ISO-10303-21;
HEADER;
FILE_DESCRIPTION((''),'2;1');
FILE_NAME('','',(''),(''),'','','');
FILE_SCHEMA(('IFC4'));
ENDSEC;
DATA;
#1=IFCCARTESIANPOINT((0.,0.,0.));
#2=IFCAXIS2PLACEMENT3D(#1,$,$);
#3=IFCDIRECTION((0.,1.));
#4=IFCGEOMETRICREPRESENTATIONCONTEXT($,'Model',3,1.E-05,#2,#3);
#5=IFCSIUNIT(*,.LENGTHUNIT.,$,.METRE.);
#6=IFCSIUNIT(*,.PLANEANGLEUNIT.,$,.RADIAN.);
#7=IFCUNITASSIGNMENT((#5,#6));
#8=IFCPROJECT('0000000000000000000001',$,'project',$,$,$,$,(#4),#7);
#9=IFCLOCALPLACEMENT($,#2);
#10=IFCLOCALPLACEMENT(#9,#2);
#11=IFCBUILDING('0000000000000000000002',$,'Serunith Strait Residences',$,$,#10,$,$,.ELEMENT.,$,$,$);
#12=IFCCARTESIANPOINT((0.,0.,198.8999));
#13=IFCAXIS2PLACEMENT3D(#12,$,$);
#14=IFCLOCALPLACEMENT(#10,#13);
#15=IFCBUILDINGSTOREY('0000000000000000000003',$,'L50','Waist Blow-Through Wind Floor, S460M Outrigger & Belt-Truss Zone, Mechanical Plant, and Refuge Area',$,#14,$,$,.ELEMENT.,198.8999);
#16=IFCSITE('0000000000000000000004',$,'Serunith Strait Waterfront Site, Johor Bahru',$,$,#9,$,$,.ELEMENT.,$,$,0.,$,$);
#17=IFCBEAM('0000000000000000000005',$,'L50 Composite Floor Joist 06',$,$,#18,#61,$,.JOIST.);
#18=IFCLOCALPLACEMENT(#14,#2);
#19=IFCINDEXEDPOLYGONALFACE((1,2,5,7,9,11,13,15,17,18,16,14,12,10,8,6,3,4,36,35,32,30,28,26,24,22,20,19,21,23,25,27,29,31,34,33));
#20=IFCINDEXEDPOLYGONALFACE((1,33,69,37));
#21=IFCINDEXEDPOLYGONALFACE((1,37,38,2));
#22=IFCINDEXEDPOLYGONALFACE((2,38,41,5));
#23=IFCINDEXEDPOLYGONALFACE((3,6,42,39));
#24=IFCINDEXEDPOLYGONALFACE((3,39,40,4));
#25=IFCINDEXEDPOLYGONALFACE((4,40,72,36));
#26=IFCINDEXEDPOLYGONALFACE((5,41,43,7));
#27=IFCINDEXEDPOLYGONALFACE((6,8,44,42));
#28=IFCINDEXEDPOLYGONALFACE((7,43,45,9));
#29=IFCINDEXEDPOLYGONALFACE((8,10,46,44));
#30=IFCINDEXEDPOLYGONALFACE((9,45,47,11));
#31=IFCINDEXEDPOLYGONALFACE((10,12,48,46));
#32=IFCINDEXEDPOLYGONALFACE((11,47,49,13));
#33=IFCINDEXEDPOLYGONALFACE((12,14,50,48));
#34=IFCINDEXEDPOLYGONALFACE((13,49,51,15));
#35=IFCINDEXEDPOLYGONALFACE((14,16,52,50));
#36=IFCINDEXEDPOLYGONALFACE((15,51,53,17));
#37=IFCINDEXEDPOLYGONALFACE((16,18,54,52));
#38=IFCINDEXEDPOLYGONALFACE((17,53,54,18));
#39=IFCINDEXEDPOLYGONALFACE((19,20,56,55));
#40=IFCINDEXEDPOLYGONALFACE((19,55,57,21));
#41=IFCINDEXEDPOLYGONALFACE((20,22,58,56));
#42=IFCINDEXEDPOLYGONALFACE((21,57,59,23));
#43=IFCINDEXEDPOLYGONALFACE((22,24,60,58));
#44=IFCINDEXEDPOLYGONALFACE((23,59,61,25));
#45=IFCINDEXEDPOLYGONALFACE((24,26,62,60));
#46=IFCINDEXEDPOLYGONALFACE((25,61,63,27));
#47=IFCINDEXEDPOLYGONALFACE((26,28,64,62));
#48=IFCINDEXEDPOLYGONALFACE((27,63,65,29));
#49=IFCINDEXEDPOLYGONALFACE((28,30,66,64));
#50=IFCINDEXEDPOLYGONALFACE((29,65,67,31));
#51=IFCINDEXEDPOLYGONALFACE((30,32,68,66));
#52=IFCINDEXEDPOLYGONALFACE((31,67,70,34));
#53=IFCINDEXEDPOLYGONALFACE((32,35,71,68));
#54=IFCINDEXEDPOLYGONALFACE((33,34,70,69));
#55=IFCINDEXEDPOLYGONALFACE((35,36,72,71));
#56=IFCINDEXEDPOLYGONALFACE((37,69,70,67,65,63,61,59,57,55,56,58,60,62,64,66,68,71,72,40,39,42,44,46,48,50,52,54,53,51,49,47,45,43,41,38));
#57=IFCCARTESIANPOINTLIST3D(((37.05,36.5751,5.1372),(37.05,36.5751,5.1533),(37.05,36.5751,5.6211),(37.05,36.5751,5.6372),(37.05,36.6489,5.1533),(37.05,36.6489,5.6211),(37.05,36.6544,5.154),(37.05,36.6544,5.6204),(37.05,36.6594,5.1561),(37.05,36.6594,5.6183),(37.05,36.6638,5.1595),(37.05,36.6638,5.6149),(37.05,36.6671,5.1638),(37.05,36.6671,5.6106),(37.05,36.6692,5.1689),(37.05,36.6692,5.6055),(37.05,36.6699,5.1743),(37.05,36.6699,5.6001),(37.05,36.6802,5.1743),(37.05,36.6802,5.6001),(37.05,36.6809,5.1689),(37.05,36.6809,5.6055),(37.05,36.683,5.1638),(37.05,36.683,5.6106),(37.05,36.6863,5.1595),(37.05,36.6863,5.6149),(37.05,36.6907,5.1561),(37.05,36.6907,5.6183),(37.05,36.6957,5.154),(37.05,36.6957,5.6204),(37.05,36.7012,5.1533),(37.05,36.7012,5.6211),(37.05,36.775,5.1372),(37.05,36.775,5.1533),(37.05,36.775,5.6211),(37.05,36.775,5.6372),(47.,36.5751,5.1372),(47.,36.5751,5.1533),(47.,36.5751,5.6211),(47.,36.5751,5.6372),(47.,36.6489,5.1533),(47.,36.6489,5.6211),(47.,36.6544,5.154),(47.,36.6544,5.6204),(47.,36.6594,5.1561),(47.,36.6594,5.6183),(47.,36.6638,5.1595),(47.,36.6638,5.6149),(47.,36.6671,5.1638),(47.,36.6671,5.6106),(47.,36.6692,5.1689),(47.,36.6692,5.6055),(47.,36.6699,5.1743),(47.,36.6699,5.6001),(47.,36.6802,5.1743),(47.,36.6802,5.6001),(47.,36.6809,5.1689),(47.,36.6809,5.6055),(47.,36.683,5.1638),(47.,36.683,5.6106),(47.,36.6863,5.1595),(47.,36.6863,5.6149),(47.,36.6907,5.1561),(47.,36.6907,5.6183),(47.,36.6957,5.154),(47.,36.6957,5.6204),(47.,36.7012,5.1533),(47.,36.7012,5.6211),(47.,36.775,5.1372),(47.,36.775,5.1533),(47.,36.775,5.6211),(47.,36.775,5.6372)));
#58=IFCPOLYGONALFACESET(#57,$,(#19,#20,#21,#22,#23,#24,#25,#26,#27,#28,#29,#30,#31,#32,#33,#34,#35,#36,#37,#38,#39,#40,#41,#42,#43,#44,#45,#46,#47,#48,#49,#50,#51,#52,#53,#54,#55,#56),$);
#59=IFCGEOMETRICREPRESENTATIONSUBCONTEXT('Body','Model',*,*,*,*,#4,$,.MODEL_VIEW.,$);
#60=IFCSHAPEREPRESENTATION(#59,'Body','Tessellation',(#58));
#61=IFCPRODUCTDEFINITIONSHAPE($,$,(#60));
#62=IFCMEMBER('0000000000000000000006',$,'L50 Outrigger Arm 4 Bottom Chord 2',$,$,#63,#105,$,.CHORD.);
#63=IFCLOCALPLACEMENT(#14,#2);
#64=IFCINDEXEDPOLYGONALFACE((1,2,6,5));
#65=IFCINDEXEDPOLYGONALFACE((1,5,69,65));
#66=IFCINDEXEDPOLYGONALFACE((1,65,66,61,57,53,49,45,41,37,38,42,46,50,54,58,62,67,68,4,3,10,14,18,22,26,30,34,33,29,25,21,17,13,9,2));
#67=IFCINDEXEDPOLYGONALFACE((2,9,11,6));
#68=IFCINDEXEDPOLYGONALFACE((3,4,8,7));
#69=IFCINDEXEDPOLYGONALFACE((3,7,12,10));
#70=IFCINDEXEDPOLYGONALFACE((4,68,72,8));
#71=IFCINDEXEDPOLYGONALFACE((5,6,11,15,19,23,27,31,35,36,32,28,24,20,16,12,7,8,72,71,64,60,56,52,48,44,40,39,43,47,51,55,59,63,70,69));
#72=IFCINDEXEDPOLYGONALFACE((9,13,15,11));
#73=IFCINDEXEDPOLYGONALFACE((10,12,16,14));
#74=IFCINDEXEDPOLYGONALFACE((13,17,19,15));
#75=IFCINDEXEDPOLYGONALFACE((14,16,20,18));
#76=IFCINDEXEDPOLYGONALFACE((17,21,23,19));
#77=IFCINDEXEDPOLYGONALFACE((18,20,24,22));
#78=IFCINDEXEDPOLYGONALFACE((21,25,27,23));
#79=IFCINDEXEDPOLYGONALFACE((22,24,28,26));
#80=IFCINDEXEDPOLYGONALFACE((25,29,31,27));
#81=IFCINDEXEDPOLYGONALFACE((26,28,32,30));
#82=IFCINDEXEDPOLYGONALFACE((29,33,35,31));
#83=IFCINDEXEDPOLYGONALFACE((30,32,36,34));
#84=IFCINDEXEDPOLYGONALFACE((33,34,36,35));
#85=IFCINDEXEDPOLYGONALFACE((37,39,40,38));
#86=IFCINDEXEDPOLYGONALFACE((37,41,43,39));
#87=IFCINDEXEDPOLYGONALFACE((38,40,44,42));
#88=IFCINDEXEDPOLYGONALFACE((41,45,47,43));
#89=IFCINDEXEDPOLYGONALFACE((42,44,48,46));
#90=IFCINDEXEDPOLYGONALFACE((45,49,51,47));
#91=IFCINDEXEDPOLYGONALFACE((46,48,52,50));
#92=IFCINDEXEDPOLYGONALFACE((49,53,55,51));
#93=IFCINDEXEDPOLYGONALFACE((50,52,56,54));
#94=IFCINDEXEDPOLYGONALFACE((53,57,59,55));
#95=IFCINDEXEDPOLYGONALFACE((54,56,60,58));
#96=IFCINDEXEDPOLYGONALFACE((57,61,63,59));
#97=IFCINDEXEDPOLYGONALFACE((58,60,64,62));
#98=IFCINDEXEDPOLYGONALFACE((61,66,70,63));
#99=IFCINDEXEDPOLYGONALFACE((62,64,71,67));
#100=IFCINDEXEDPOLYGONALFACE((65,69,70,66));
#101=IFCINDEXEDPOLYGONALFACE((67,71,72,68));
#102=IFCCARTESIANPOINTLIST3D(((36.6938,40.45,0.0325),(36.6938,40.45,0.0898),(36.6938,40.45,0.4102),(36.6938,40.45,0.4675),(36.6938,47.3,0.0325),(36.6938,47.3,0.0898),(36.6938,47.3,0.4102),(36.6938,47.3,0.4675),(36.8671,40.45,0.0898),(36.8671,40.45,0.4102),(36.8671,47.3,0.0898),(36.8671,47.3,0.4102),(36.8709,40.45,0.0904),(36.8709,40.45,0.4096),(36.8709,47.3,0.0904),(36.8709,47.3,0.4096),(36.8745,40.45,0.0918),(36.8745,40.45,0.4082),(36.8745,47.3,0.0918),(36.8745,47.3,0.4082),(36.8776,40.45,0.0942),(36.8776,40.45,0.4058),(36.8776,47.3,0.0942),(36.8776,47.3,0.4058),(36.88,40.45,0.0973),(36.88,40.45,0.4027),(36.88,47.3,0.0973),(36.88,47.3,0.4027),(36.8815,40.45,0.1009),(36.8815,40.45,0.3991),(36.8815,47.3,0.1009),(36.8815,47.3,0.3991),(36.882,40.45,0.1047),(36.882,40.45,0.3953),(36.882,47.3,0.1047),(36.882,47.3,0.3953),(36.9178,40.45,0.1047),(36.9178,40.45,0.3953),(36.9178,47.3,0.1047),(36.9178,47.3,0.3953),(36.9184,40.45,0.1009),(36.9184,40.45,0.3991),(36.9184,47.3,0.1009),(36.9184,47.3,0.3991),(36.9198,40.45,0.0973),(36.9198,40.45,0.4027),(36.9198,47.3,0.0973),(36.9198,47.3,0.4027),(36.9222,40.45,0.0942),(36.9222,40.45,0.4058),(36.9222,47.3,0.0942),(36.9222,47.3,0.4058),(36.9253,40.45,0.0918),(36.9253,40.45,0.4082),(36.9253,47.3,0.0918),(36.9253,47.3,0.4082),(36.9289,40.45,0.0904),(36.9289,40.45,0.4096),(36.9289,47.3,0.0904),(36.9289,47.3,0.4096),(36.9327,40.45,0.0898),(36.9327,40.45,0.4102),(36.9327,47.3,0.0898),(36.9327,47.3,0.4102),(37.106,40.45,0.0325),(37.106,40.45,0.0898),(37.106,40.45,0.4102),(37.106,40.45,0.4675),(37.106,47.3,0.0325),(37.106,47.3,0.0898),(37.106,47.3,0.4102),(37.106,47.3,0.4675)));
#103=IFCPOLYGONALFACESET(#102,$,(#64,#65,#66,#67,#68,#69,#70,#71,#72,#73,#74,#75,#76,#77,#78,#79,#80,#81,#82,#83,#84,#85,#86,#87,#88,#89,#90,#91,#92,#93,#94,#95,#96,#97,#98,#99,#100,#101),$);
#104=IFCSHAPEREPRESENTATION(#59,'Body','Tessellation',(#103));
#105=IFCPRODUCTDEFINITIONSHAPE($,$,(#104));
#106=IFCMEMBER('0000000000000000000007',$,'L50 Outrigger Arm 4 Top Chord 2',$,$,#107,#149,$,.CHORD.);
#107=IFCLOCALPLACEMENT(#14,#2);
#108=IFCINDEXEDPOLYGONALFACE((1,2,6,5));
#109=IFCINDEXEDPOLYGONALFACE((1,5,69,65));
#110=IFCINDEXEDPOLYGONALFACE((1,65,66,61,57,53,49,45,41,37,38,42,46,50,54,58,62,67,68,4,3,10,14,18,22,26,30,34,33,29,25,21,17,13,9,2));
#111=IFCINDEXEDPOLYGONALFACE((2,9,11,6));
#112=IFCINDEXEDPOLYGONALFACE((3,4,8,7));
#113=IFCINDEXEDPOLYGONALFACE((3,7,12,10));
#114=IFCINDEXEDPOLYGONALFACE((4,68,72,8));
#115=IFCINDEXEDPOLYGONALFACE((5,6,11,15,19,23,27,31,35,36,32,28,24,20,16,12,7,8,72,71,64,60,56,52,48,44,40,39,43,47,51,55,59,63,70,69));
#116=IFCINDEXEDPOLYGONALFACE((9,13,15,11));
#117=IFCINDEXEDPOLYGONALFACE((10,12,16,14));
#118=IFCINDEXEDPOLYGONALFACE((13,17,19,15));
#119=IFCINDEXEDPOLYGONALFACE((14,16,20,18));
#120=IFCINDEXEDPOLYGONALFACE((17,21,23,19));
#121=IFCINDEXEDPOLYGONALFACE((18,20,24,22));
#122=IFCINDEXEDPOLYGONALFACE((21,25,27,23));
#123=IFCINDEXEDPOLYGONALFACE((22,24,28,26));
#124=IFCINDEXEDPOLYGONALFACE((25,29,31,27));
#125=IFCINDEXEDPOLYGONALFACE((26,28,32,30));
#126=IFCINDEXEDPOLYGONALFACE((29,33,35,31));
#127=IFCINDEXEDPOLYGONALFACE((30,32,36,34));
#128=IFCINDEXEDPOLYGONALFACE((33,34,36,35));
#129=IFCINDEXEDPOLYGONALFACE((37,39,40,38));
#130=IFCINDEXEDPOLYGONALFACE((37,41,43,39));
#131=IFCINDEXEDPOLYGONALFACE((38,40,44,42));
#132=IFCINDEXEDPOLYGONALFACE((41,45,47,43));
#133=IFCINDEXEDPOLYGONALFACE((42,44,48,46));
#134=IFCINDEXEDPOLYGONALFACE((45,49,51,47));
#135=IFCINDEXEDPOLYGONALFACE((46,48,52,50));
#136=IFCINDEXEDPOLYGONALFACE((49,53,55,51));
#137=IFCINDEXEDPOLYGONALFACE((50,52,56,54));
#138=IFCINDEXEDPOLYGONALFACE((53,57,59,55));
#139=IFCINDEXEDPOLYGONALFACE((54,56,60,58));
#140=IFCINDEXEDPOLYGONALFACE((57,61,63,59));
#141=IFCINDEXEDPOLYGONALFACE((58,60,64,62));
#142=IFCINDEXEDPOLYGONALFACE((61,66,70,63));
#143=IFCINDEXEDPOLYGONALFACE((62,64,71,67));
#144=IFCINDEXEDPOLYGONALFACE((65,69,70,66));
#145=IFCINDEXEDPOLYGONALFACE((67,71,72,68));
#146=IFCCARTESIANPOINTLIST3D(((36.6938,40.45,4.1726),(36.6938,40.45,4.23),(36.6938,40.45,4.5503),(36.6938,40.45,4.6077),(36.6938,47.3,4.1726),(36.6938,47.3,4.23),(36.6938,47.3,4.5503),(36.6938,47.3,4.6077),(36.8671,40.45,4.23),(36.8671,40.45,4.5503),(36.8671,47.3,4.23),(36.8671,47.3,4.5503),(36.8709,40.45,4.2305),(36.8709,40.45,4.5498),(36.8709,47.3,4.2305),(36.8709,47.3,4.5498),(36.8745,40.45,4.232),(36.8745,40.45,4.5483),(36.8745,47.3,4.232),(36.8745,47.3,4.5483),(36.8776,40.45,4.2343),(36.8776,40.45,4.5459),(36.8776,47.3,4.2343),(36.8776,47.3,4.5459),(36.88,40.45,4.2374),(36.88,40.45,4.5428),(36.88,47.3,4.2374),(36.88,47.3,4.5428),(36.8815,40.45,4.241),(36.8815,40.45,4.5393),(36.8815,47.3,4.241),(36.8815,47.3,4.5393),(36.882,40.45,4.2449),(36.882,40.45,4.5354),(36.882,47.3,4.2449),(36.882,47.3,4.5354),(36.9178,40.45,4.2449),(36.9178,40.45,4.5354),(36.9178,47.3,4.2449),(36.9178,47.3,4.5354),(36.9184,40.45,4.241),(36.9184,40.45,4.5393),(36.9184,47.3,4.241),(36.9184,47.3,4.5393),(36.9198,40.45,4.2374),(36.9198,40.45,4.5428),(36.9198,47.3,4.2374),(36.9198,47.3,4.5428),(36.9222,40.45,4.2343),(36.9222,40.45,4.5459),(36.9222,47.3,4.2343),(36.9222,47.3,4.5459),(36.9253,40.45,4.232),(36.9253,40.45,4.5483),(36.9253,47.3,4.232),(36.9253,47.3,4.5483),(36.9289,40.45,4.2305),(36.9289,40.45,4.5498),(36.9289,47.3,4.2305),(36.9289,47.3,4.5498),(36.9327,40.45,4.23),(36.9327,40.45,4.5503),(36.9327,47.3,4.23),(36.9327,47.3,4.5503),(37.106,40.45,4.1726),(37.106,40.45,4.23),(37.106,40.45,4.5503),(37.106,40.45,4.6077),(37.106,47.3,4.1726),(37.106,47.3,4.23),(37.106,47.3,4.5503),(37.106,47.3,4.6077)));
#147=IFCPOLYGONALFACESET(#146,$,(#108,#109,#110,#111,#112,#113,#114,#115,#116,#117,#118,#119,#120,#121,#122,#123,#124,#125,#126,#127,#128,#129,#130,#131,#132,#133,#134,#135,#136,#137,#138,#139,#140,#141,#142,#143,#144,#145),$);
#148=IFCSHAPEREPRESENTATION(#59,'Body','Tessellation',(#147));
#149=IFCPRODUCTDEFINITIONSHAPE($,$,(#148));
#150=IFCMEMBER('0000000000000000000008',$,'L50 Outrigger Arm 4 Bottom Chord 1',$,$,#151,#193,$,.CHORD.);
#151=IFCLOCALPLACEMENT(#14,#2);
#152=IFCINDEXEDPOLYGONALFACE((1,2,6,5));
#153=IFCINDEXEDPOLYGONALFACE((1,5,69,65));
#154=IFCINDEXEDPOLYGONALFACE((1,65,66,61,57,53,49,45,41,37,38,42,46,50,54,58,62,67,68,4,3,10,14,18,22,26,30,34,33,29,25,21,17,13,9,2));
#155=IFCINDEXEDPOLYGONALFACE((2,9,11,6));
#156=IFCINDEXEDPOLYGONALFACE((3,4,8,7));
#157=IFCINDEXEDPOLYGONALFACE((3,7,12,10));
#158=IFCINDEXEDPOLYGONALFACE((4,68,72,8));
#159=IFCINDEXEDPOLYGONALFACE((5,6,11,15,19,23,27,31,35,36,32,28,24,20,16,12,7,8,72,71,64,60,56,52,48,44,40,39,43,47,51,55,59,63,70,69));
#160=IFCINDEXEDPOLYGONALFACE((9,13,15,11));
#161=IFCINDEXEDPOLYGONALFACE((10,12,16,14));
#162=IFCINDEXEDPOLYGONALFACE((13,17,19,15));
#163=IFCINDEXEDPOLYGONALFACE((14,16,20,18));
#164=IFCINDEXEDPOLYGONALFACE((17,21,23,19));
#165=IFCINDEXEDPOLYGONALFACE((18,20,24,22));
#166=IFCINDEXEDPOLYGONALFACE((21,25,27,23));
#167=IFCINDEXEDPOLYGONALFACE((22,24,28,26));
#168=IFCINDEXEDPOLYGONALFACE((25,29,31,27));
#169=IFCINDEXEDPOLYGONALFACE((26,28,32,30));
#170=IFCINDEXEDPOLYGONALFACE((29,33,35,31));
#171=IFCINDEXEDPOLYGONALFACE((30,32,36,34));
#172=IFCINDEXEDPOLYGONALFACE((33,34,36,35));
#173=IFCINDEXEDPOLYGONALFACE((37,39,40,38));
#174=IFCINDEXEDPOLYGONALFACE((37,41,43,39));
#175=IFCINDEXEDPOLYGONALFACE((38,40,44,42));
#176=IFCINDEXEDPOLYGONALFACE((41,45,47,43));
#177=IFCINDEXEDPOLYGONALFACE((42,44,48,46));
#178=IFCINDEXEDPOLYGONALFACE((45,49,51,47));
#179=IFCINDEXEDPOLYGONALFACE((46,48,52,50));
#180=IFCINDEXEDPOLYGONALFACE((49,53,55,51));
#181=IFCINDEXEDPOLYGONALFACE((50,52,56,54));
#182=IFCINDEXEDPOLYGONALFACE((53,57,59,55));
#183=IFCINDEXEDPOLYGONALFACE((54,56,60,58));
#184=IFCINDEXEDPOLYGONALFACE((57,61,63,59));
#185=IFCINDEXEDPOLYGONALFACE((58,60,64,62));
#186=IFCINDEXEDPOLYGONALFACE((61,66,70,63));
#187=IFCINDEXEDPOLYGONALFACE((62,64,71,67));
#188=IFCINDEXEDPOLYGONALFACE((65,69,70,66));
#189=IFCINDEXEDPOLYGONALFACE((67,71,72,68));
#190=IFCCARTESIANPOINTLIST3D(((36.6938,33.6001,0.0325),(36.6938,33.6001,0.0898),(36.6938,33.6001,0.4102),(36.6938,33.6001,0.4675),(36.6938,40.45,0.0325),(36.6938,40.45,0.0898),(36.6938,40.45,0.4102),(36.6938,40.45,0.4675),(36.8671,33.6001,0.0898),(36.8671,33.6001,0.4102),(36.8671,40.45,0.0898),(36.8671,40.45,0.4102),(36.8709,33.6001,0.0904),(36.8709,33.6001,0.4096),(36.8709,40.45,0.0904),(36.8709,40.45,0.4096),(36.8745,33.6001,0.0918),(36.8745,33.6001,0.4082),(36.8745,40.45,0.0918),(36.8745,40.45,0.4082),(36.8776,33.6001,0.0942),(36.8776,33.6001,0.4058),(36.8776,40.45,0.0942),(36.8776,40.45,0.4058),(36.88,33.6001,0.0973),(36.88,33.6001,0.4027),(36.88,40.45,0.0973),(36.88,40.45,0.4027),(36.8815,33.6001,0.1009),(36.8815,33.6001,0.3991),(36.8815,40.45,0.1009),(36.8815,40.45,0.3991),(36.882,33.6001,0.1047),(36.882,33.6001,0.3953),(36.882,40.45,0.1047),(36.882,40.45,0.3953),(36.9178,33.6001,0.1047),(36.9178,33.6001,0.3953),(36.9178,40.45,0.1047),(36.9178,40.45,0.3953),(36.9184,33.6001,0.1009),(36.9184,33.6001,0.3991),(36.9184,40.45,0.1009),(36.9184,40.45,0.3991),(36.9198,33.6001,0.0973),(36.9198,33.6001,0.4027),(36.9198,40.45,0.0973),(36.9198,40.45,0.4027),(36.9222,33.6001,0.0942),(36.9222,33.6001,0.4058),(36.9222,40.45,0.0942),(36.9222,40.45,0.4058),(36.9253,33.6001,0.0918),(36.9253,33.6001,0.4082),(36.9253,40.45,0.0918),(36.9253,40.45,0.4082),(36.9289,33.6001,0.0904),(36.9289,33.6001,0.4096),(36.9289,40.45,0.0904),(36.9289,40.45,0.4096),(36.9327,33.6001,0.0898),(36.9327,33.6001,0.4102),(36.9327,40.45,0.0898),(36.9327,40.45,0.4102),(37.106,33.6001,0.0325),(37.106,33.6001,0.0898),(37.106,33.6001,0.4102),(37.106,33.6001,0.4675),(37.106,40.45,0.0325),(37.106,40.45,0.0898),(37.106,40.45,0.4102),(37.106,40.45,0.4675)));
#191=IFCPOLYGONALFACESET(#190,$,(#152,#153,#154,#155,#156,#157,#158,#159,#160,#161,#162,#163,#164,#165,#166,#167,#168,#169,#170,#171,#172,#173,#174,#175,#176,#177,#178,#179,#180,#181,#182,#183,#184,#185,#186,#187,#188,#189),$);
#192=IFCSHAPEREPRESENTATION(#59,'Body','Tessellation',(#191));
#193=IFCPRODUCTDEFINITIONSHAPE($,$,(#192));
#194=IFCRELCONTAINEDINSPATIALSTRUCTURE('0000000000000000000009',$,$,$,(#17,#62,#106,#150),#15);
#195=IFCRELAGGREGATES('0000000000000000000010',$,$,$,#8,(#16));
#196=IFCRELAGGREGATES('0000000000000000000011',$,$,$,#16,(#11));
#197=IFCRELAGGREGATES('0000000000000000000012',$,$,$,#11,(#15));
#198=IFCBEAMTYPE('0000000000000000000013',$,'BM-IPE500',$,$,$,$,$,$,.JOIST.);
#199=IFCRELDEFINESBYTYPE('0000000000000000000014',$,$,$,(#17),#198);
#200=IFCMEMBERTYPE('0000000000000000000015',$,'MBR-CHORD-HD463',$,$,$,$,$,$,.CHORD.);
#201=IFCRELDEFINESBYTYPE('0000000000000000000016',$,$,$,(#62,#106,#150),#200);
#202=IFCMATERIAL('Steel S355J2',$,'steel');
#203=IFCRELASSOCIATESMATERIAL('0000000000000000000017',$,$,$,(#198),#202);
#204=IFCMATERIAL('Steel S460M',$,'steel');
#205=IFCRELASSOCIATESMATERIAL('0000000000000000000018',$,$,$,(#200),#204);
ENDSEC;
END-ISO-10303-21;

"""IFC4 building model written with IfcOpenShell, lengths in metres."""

from ifc_helpers import new_model, si_unit, direction, frame, origin, origin_2d, place, context, subcontext, project, spatial, i_section, extrude, source, transform, mapped, material, material_profile, profile_set, type_object, element, save


model = new_model("IFC4")

# Units and contexts
model_context = context("Model", 3, precision=1e-05, world=origin(), true_north=direction((0.0, 1.0)))
body_context = subcontext(model_context, "Body", "Model", "MODEL_VIEW")
ifc_project = project(units=[si_unit("LENGTHUNIT", "METRE"), si_unit("PLANEANGLEUNIT", "RADIAN")], contexts=[model_context])

# Site, building, storey
site_placement = place(None, origin())
site = spatial("IfcSite", under=ifc_project, at=site_placement, Name="Serunith Strait Waterfront Site, Johor Bahru", CompositionType="ELEMENT", RefElevation=0.0)
building_placement = place(site_placement, origin())
building = spatial("IfcBuilding", under=site, at=building_placement, Name="Serunith Strait Residences", CompositionType="ELEMENT")
storey_placement = place(building_placement, frame((0.0, 0.0, 198.8999)))
storey = spatial("IfcBuildingStorey", under=building, at=storey_placement, Name="L50", Description="Waist Blow-Through Wind Floor, S460M Outrigger & Belt-Truss Zone, Mechanical Plant, and Refuge Area", CompositionType="ELEMENT", Elevation=198.8999)

# Beam
ifc_material_1 = material(Name="Steel S355J2", Category="steel")
ifc_material_profile_1 = material_profile(ifc_material_1, i_section(OverallWidth=0.2, OverallDepth=0.5, WebThickness=0.0103, FlangeThickness=0.0161, FilletRadius=0.021, at=origin_2d()), Name="IPE 500")
ifc_profile_set_1 = profile_set([ifc_material_profile_1], Name="Steel S355J2")
beam_type_1 = type_object("IfcBeamType", Name="BM-IPE500", PredefinedType="JOIST", material=ifc_profile_set_1)
shared_shape_1 = source(origin(), body_context, "Body", "SweptSolid", [
    extrude(i_section(OverallWidth=0.2, OverallDepth=0.5, WebThickness=0.0103, FlangeThickness=0.0161, FilletRadius=0.021, at=origin_2d()), origin(), (0.0, 0.0, 1.0), 9.95),
])
beam_1_placement = place(storey_placement, frame((37.05, 36.675, 5.3872), z_axis=(1.0, 0.0, 0.0), x_axis=(0.0, 1.0, 0.0)))
element("IfcBeam", 1, at=beam_1_placement, inside=storey, type_object=beam_type_1, Name="L50 Composite Floor Joist 06", PredefinedType="JOIST", context=body_context, shape_type="MappedRepresentation", body=[
    mapped(shared_shape_1, transform((0.0, 0.0, 0.0), scale=1.0)),
])

# Members
ifc_material_2 = material(Name="Steel S460M", Category="steel")
ifc_material_profile_2 = material_profile(ifc_material_2, i_section(OverallWidth=0.4121, OverallDepth=0.4351, WebThickness=0.0359, FlangeThickness=0.0574, FilletRadius=0.0149, at=origin_2d()), Name="HD 400x463")
ifc_profile_set_2 = profile_set([ifc_material_profile_2], Name="Steel S460M")
member_type_1 = type_object("IfcMemberType", Name="MBR-CHORD-HD463", PredefinedType="CHORD", material=ifc_profile_set_2)
shared_shape_2 = source(origin(), body_context, "Body", "SweptSolid", [
    extrude(i_section(OverallWidth=0.4121, OverallDepth=0.4351, WebThickness=0.0359, FlangeThickness=0.0574, FilletRadius=0.0149, at=origin_2d()), origin(), (0.0, 0.0, 1.0), 6.8501),
])
for number, where, z_axis, x_axis, name in (
    (2, (36.8999, 40.45, 0.25), (0.0, 1.0, 0.0), (-1.0, 0.0, 0.0), "L50 Outrigger Arm 4 Bottom Chord 2"),
    (3, (36.8999, 40.45, 4.3901), (0.0, 1.0, 0.0), (-1.0, 0.0, 0.0), "L50 Outrigger Arm 4 Top Chord 2"),
):
    element("IfcMember", number, at=place(storey_placement, frame(where, z_axis=z_axis, x_axis=x_axis)), inside=storey, type_object=member_type_1, Name=name, PredefinedType="CHORD", context=body_context, shape_type="MappedRepresentation", body=[
        mapped(shared_shape_2, transform((0.0, 0.0, 0.0), scale=1.0)),
    ])
shared_shape_3 = source(origin(), body_context, "Body", "SweptSolid", [
    extrude(i_section(OverallWidth=0.4121, OverallDepth=0.4351, WebThickness=0.0359, FlangeThickness=0.0574, FilletRadius=0.0149, at=origin_2d()), origin(), (0.0, 0.0, 1.0), 6.8499),
])
for number, where, z_axis, x_axis, name in (
    (4, (36.8999, 33.6001, 0.25), (0.0, 1.0, 0.0), (-1.0, 0.0, 0.0), "L50 Outrigger Arm 4 Bottom Chord 1"),
):
    element("IfcMember", number, at=place(storey_placement, frame(where, z_axis=z_axis, x_axis=x_axis)), inside=storey, type_object=member_type_1, Name=name, PredefinedType="CHORD", context=body_context, shape_type="MappedRepresentation", body=[
        mapped(shared_shape_3, transform((0.0, 0.0, 0.0), scale=1.0)),
    ])

save(model, "model.ifc")
